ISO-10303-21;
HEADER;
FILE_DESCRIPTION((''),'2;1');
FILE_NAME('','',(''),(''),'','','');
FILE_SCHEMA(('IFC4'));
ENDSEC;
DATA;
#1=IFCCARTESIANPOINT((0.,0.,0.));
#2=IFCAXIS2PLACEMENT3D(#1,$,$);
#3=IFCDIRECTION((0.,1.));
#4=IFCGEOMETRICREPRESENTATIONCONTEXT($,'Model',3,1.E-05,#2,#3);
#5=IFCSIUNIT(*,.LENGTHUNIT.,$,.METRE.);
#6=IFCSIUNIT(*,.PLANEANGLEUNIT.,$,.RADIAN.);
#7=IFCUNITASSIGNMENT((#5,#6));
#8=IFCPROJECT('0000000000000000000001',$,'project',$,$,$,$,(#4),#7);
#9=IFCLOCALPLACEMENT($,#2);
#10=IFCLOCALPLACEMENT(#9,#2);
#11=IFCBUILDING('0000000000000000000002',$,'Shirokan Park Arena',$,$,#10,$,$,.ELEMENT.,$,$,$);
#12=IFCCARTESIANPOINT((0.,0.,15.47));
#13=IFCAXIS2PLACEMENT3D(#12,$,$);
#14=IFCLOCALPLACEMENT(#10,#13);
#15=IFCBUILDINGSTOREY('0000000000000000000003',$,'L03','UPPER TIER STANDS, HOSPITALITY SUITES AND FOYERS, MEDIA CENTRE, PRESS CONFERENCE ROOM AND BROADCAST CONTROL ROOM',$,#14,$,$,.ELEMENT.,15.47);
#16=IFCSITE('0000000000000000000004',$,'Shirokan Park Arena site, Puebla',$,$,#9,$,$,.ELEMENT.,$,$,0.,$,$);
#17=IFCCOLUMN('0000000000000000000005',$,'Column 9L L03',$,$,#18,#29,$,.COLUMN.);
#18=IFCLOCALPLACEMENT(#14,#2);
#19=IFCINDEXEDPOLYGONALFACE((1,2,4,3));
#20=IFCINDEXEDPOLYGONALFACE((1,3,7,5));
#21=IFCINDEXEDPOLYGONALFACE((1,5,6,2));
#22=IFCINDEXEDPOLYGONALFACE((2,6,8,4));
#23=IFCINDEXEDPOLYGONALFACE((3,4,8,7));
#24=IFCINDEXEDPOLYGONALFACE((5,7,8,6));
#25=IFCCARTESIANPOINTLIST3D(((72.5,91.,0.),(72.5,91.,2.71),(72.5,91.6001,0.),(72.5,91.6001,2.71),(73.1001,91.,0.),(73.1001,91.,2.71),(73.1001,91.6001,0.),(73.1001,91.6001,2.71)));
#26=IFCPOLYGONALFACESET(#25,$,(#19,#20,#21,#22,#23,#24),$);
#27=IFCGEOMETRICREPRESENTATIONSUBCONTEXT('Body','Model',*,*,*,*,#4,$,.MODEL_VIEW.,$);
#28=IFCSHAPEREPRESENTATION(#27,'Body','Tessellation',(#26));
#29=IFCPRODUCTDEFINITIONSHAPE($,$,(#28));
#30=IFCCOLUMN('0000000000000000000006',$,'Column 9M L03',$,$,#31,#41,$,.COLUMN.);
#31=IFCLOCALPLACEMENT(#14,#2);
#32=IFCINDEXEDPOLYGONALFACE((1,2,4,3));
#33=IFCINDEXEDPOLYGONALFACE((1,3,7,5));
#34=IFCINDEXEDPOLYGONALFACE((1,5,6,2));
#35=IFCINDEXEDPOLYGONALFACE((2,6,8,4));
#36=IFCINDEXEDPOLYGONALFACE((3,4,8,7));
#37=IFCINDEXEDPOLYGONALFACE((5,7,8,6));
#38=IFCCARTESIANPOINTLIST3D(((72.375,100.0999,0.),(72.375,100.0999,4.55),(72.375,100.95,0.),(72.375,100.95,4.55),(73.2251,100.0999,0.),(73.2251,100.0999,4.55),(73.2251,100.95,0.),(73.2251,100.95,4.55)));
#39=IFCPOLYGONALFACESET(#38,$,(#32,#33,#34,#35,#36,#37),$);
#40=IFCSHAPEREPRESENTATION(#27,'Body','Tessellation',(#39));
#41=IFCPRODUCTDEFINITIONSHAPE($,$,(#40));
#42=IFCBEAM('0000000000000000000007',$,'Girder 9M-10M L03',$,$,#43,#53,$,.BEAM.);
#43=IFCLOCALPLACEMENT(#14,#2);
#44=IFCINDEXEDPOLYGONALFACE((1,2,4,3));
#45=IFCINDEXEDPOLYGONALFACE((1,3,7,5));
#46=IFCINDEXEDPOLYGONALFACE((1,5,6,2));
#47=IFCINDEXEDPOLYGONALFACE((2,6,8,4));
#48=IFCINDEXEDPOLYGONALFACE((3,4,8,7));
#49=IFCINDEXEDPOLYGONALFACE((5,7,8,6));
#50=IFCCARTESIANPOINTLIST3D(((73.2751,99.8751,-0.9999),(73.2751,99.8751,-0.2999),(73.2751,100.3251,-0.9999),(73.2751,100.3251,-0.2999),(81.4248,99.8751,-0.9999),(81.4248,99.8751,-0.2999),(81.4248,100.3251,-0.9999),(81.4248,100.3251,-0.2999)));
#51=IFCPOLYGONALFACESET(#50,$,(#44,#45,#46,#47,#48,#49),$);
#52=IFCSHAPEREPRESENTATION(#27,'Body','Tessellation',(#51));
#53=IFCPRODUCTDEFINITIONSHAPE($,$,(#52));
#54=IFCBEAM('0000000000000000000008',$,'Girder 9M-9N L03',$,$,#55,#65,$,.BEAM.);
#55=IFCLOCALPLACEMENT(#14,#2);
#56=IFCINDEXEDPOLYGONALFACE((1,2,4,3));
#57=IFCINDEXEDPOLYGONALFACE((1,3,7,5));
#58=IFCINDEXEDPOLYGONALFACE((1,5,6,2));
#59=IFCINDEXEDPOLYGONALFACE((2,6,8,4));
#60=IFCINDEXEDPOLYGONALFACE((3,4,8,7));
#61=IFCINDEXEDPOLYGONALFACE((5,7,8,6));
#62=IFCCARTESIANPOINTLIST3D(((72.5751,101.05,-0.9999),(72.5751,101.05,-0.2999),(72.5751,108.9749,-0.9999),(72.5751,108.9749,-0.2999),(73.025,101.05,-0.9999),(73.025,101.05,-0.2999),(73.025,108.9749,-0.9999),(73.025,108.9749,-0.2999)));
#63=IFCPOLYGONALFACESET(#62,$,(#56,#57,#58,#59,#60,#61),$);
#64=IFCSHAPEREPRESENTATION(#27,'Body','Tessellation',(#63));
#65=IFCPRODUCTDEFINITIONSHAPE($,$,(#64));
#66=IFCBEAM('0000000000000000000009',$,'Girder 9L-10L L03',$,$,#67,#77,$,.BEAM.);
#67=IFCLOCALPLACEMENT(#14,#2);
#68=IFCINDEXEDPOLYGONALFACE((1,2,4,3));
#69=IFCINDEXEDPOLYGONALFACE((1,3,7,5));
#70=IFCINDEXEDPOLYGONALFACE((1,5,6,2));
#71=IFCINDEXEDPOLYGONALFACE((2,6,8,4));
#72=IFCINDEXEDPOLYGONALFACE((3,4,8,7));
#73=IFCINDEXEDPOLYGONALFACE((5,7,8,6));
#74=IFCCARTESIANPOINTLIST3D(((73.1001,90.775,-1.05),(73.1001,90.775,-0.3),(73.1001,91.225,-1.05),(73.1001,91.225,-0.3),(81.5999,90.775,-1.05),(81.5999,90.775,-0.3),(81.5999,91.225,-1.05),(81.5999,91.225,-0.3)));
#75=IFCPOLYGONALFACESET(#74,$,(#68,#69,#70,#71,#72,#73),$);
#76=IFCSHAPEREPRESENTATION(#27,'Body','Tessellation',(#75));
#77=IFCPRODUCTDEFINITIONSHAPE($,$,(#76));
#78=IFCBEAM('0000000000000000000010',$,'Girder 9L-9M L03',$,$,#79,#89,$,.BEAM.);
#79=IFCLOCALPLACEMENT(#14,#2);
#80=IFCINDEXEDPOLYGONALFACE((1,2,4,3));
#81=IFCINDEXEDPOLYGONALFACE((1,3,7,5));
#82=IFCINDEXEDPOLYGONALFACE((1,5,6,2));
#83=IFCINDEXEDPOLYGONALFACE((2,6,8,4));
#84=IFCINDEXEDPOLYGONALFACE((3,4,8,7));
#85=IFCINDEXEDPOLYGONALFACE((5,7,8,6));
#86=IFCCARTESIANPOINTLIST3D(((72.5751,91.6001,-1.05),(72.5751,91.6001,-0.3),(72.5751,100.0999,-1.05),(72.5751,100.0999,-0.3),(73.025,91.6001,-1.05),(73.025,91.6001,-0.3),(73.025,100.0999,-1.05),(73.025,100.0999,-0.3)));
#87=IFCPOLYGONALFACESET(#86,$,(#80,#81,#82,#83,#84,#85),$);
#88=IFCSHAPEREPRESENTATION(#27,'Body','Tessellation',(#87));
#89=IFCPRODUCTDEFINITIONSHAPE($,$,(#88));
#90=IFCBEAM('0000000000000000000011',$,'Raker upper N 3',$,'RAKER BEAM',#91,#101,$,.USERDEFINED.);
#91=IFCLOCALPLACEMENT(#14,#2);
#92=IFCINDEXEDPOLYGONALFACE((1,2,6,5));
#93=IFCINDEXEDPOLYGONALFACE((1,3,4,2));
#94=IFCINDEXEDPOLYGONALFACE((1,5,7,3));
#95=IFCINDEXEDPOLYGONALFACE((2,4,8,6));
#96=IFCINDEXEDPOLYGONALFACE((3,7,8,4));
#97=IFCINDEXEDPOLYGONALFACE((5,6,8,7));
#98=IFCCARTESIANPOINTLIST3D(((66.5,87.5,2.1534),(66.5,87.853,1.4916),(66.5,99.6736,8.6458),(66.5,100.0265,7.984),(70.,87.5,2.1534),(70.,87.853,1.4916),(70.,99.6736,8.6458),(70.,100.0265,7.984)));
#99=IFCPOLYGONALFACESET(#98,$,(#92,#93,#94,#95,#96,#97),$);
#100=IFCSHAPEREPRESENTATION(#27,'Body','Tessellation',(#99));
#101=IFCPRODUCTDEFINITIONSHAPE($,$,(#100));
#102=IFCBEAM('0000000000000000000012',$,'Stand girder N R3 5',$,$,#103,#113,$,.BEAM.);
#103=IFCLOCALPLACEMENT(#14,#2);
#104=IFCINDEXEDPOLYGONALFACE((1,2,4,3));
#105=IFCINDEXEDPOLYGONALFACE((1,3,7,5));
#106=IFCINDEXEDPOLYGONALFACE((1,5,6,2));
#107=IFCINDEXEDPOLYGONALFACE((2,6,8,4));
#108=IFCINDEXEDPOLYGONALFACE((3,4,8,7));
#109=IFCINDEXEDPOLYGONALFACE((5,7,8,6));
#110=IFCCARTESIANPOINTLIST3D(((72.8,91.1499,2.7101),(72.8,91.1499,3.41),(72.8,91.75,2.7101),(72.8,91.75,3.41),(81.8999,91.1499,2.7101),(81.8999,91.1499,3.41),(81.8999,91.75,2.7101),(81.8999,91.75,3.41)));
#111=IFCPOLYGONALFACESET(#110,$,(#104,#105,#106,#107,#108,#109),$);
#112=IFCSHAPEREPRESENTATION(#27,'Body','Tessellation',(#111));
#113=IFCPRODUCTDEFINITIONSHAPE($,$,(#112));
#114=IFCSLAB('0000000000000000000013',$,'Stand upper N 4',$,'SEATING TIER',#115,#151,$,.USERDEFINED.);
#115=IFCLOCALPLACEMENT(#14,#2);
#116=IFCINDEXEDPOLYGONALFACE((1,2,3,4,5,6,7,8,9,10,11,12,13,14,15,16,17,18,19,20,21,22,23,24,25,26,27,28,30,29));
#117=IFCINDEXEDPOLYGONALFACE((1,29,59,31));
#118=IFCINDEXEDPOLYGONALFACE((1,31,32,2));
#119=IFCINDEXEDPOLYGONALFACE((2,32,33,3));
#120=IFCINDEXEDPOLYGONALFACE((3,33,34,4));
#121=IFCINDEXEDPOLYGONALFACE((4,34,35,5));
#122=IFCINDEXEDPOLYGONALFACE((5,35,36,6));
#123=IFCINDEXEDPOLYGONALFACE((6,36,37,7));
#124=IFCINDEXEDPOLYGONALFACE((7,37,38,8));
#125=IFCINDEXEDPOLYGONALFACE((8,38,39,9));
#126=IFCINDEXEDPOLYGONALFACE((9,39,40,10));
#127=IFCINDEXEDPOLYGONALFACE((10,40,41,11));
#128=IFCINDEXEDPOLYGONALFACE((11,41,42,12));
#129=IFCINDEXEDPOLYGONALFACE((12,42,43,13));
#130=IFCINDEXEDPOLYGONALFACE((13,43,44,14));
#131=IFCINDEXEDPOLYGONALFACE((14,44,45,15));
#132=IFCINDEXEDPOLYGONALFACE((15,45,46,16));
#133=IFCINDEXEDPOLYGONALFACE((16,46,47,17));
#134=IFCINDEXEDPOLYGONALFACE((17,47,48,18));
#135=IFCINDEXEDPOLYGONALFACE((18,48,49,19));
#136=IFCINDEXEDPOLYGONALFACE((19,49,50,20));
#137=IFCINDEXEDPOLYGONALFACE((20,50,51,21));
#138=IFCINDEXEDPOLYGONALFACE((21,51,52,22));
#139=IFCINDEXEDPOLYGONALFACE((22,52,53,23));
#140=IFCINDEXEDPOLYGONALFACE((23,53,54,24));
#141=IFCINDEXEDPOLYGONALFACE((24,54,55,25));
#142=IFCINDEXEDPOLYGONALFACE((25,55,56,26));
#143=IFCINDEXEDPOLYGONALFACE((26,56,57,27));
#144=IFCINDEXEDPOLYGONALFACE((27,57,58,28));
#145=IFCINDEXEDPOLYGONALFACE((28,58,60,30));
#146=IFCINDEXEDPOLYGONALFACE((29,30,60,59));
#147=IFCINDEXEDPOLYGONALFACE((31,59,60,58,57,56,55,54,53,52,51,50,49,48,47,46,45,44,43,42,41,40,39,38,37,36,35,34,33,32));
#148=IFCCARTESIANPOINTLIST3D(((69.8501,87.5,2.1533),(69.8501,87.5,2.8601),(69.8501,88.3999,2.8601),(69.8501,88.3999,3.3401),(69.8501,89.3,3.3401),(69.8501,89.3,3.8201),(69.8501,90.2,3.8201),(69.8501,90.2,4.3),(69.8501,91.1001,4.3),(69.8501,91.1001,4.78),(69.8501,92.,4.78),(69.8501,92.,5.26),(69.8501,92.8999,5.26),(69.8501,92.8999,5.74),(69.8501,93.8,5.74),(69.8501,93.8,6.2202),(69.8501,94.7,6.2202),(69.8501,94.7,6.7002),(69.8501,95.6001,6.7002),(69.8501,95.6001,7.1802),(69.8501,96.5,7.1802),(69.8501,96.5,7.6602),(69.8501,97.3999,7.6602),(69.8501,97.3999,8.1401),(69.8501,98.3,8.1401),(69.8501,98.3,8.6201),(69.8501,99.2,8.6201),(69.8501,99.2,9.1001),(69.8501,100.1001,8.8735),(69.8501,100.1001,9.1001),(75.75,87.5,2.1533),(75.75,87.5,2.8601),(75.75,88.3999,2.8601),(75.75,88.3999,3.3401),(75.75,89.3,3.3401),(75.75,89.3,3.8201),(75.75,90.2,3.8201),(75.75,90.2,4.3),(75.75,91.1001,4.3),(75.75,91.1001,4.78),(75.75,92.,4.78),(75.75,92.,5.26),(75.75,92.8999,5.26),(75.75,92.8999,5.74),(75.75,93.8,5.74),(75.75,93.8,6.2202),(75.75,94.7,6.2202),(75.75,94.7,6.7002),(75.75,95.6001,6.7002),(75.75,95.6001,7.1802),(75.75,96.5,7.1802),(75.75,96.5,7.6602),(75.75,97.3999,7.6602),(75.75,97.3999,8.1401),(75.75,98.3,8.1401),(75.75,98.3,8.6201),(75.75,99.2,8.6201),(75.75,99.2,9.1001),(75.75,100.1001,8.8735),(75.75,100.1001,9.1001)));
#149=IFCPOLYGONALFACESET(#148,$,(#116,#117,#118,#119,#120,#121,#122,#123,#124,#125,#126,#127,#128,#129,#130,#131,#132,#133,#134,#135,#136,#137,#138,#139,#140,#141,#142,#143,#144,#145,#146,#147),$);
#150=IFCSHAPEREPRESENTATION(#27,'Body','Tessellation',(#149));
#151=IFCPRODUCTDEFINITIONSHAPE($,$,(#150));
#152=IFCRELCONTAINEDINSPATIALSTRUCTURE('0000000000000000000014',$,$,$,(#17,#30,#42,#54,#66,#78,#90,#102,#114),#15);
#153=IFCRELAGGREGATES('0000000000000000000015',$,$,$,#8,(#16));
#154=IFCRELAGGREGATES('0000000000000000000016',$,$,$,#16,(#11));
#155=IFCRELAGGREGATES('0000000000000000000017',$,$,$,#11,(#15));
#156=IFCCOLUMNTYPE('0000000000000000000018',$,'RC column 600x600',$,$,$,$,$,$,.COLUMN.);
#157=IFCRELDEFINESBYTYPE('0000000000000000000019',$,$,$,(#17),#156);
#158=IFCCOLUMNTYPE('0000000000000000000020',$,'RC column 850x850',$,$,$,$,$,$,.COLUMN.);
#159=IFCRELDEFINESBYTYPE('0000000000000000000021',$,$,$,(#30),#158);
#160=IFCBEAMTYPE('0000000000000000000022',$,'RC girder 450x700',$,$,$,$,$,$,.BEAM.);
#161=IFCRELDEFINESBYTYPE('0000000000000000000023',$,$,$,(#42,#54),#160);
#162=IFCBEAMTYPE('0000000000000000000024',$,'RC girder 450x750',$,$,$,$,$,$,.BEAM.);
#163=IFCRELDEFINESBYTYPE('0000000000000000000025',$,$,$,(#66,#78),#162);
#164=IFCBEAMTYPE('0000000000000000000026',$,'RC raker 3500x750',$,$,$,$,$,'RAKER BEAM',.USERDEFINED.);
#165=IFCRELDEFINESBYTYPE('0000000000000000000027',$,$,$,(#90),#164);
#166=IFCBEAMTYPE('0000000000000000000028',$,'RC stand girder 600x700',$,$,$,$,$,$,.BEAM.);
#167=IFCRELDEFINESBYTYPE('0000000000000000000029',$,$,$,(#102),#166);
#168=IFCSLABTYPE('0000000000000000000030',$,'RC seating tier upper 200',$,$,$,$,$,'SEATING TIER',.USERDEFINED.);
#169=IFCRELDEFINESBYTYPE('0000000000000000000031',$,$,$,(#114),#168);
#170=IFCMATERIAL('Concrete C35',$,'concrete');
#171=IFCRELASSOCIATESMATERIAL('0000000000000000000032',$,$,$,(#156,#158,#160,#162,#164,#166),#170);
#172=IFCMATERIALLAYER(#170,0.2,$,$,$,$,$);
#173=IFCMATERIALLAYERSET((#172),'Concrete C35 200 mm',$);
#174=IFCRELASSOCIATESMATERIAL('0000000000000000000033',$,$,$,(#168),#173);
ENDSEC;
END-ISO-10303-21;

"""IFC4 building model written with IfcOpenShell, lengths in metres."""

from ifc_helpers import new_model, si_unit, direction, frame, origin, origin_2d, place, context, subcontext, project, spatial, polyline, rectangle, outline, extrude, material, layer, layer_set, material_profile, profile_set, type_object, element, save


model = new_model("IFC4")

# Units and contexts
model_context = context("Model", 3, precision=1e-05, world=origin(), true_north=direction((0.0, 1.0)))
body_context = subcontext(model_context, "Body", "Model", "MODEL_VIEW")
ifc_project = project(units=[si_unit("LENGTHUNIT", "METRE"), si_unit("PLANEANGLEUNIT", "RADIAN")], contexts=[model_context])

# Site, building, storey
site_placement = place(None, origin())
site = spatial("IfcSite", under=ifc_project, at=site_placement, Name="Shirokan Park Arena site, Puebla", CompositionType="ELEMENT", RefElevation=0.0)
building_placement = place(site_placement, origin())
building = spatial("IfcBuilding", under=site, at=building_placement, Name="Shirokan Park Arena", CompositionType="ELEMENT")
storey_placement = place(building_placement, frame((0.0, 0.0, 15.47)))
storey = spatial("IfcBuildingStorey", under=building, at=storey_placement, Name="L03", Description="UPPER TIER STANDS, HOSPITALITY SUITES AND FOYERS, MEDIA CENTRE, PRESS CONFERENCE ROOM AND BROADCAST CONTROL ROOM", CompositionType="ELEMENT", Elevation=15.47)

# Columns
ifc_material_1 = material(Name="Concrete C35", Category="concrete")
ifc_material_profile_1 = material_profile(ifc_material_1, rectangle(XDim=0.6001, YDim=0.6001, at=origin_2d()), Name="600x600")
ifc_profile_set_1 = profile_set([ifc_material_profile_1], Name="Concrete C35")
column_type_1 = type_object("IfcColumnType", Name="RC column 600x600", PredefinedType="COLUMN", material=ifc_profile_set_1)
column_1_placement = place(storey_placement, frame((72.8, 91.3, 0.0), z_axis=(0.0, 0.0, 1.0), x_axis=(1.0, 0.0, 0.0)))
element("IfcColumn", 1, at=column_1_placement, inside=storey, type_object=column_type_1, Name="Column 9L L03", PredefinedType="COLUMN", context=body_context, shape_type="SweptSolid", body=[
    extrude(rectangle(XDim=0.6001, YDim=0.6001, at=origin_2d()), origin(), (0.0, 0.0, 1.0), 2.71),
])
ifc_material_profile_2 = material_profile(ifc_material_1, rectangle(XDim=0.8501, YDim=0.8501, at=origin_2d()), Name="850x850")
ifc_profile_set_2 = profile_set([ifc_material_profile_2], Name="Concrete C35")
column_type_2 = type_object("IfcColumnType", Name="RC column 850x850", PredefinedType="COLUMN", material=ifc_profile_set_2)
column_2_placement = place(storey_placement, frame((72.8, 100.5249, 0.0), z_axis=(0.0, 0.0, 1.0), x_axis=(1.0, 0.0, 0.0)))
element("IfcColumn", 2, at=column_2_placement, inside=storey, type_object=column_type_2, Name="Column 9M L03", PredefinedType="COLUMN", context=body_context, shape_type="SweptSolid", body=[
    extrude(rectangle(XDim=0.8501, YDim=0.8501, at=origin_2d()), origin(), (0.0, 0.0, 1.0), 4.55),
])

# Beams
ifc_material_profile_3 = material_profile(ifc_material_1, rectangle(XDim=0.45, YDim=0.7, at=origin_2d()), Name="450x700")
ifc_profile_set_3 = profile_set([ifc_material_profile_3], Name="Concrete C35")
beam_type_1 = type_object("IfcBeamType", Name="RC girder 450x700", PredefinedType="BEAM", material=ifc_profile_set_3)
beam_1_placement = place(storey_placement, frame((73.2751, 100.1001, -0.6499), z_axis=(1.0, 0.0, 0.0), x_axis=(0.0, 1.0, 0.0)))
element("IfcBeam", 3, at=beam_1_placement, inside=storey, type_object=beam_type_1, Name="Girder 9M-10M L03", PredefinedType="BEAM", context=body_context, shape_type="SweptSolid", body=[
    extrude(rectangle(XDim=0.45, YDim=0.7, at=origin_2d()), origin(), (0.0, 0.0, 1.0), 8.1497),
])
beam_2_placement = place(storey_placement, frame((72.8, 101.05, -0.6499), z_axis=(0.0, 1.0, 0.0), x_axis=(-1.0, 0.0, 0.0)))
element("IfcBeam", 4, at=beam_2_placement, inside=storey, type_object=beam_type_1, Name="Girder 9M-9N L03", PredefinedType="BEAM", context=body_context, shape_type="SweptSolid", body=[
    extrude(rectangle(XDim=0.45, YDim=0.7, at=origin_2d()), origin(), (0.0, 0.0, 1.0), 7.9248),
])
ifc_material_profile_4 = material_profile(ifc_material_1, rectangle(XDim=0.45, YDim=0.75, at=origin_2d()), Name="450x750")
ifc_profile_set_4 = profile_set([ifc_material_profile_4], Name="Concrete C35")
beam_type_2 = type_object("IfcBeamType", Name="RC girder 450x750", PredefinedType="BEAM", material=ifc_profile_set_4)
for number, where, z_axis, x_axis, name in (
    (5, (73.1001, 91.0, -0.675), (1.0, 0.0, 0.0), (0.0, 1.0, 0.0), "Girder 9L-10L L03"),
    (6, (72.8, 91.6001, -0.675), (0.0, 1.0, 0.0), (-1.0, 0.0, 0.0), "Girder 9L-9M L03"),
):
    element("IfcBeam", number, at=place(storey_placement, frame(where, z_axis=z_axis, x_axis=x_axis)), inside=storey, type_object=beam_type_2, Name=name, PredefinedType="BEAM", context=body_context, shape_type="SweptSolid", body=[
        extrude(rectangle(XDim=0.45, YDim=0.75, at=origin_2d()), origin(), (0.0, 0.0, 1.0), 8.4998),
    ])
ifc_material_profile_5 = material_profile(ifc_material_1, rectangle(XDim=3.5, YDim=0.75, at=origin_2d()), Name="3500x750")
ifc_profile_set_5 = profile_set([ifc_material_profile_5], Name="Concrete C35")
beam_type_3 = type_object("IfcBeamType", Name="RC raker 3500x750", ElementType="RAKER BEAM", PredefinedType="USERDEFINED", material=ifc_profile_set_5)
beam_3_placement = place(storey_placement, frame((68.25, 87.6765, 1.8225), z_axis=(0.0, 0.882357, 0.47058), x_axis=(-1.0, 0.0, 0.0)))
element("IfcBeam", 7, at=beam_3_placement, inside=storey, type_object=beam_type_3, Name="Raker upper N 3", ObjectType="RAKER BEAM", PredefinedType="USERDEFINED", context=body_context, shape_type="SweptSolid", body=[
    extrude(rectangle(XDim=3.5, YDim=0.75, at=origin_2d()), origin(), (0.0, 0.0, 1.0), 13.7966),
])
ifc_material_profile_6 = material_profile(ifc_material_1, rectangle(XDim=0.6001, YDim=0.7, at=origin_2d()), Name="600x700")
ifc_profile_set_6 = profile_set([ifc_material_profile_6], Name="Concrete C35")
beam_type_4 = type_object("IfcBeamType", Name="RC stand girder 600x700", PredefinedType="BEAM", material=ifc_profile_set_6)
beam_4_placement = place(storey_placement, frame((72.8, 91.45, 3.0601), z_axis=(1.0, 0.0, 0.0), x_axis=(0.0, 1.0, 0.0)))
element("IfcBeam", 8, at=beam_4_placement, inside=storey, type_object=beam_type_4, Name="Stand girder N R3 5", PredefinedType="BEAM", context=body_context, shape_type="SweptSolid", body=[
    extrude(rectangle(XDim=0.6001, YDim=0.7, at=origin_2d()), origin(), (0.0, 0.0, 1.0), 9.0999),
])

# Slab
ifc_layer_1 = layer(ifc_material_1, 0.2)
ifc_layer_set_1 = layer_set([ifc_layer_1], Name="Concrete C35 200 mm")
slab_type = type_object("IfcSlabType", Name="RC seating tier upper 200", ElementType="SEATING TIER", PredefinedType="USERDEFINED", material=ifc_layer_set_1)
slab_placement = place(storey_placement, frame((72.8, 87.5, 2.8601), z_axis=(0.0, 0.0, 1.0), x_axis=(0.0, 1.0, 0.0)))
element("IfcSlab", 9, at=slab_placement, inside=storey, type_object=slab_type, Name="Stand upper N 4", ObjectType="SEATING TIER", PredefinedType="USERDEFINED", context=body_context, shape_type="SweptSolid", body=[
    extrude(outline(polyline([(0.0, 0.0), (0.8999, 0.0), (0.8999, 0.48), (1.8, 0.48), (1.8, 0.96), (2.7, 0.96), (2.7, 1.4399), (3.6001, 1.4399), (3.6001, 1.9199), (4.5, 1.9199), (4.5, 2.3999), (5.3999, 2.3999), (5.3999, 2.8799), (6.3, 2.8799), (6.3, 3.3601), (7.2, 3.3601), (7.2, 3.8401), (8.1001, 3.8401), (8.1001, 4.3201), (9.0, 4.3201), (9.0, 4.8), (9.8999, 4.8), (9.8999, 5.28), (10.8, 5.28), (10.8, 5.76), (11.7, 5.76), (11.7, 6.24), (12.6001, 6.24), (12.6001, 6.0134), (0.0, -0.7068), (0.0, 0.0)])), frame((0.0, 2.95, 0.0), z_axis=(0.0, -1.0, 0.0), x_axis=(1.0, 0.0, 0.0)), (0.0, 0.0, 1.0), 5.8999),
])

save(model, "model.ifc")
